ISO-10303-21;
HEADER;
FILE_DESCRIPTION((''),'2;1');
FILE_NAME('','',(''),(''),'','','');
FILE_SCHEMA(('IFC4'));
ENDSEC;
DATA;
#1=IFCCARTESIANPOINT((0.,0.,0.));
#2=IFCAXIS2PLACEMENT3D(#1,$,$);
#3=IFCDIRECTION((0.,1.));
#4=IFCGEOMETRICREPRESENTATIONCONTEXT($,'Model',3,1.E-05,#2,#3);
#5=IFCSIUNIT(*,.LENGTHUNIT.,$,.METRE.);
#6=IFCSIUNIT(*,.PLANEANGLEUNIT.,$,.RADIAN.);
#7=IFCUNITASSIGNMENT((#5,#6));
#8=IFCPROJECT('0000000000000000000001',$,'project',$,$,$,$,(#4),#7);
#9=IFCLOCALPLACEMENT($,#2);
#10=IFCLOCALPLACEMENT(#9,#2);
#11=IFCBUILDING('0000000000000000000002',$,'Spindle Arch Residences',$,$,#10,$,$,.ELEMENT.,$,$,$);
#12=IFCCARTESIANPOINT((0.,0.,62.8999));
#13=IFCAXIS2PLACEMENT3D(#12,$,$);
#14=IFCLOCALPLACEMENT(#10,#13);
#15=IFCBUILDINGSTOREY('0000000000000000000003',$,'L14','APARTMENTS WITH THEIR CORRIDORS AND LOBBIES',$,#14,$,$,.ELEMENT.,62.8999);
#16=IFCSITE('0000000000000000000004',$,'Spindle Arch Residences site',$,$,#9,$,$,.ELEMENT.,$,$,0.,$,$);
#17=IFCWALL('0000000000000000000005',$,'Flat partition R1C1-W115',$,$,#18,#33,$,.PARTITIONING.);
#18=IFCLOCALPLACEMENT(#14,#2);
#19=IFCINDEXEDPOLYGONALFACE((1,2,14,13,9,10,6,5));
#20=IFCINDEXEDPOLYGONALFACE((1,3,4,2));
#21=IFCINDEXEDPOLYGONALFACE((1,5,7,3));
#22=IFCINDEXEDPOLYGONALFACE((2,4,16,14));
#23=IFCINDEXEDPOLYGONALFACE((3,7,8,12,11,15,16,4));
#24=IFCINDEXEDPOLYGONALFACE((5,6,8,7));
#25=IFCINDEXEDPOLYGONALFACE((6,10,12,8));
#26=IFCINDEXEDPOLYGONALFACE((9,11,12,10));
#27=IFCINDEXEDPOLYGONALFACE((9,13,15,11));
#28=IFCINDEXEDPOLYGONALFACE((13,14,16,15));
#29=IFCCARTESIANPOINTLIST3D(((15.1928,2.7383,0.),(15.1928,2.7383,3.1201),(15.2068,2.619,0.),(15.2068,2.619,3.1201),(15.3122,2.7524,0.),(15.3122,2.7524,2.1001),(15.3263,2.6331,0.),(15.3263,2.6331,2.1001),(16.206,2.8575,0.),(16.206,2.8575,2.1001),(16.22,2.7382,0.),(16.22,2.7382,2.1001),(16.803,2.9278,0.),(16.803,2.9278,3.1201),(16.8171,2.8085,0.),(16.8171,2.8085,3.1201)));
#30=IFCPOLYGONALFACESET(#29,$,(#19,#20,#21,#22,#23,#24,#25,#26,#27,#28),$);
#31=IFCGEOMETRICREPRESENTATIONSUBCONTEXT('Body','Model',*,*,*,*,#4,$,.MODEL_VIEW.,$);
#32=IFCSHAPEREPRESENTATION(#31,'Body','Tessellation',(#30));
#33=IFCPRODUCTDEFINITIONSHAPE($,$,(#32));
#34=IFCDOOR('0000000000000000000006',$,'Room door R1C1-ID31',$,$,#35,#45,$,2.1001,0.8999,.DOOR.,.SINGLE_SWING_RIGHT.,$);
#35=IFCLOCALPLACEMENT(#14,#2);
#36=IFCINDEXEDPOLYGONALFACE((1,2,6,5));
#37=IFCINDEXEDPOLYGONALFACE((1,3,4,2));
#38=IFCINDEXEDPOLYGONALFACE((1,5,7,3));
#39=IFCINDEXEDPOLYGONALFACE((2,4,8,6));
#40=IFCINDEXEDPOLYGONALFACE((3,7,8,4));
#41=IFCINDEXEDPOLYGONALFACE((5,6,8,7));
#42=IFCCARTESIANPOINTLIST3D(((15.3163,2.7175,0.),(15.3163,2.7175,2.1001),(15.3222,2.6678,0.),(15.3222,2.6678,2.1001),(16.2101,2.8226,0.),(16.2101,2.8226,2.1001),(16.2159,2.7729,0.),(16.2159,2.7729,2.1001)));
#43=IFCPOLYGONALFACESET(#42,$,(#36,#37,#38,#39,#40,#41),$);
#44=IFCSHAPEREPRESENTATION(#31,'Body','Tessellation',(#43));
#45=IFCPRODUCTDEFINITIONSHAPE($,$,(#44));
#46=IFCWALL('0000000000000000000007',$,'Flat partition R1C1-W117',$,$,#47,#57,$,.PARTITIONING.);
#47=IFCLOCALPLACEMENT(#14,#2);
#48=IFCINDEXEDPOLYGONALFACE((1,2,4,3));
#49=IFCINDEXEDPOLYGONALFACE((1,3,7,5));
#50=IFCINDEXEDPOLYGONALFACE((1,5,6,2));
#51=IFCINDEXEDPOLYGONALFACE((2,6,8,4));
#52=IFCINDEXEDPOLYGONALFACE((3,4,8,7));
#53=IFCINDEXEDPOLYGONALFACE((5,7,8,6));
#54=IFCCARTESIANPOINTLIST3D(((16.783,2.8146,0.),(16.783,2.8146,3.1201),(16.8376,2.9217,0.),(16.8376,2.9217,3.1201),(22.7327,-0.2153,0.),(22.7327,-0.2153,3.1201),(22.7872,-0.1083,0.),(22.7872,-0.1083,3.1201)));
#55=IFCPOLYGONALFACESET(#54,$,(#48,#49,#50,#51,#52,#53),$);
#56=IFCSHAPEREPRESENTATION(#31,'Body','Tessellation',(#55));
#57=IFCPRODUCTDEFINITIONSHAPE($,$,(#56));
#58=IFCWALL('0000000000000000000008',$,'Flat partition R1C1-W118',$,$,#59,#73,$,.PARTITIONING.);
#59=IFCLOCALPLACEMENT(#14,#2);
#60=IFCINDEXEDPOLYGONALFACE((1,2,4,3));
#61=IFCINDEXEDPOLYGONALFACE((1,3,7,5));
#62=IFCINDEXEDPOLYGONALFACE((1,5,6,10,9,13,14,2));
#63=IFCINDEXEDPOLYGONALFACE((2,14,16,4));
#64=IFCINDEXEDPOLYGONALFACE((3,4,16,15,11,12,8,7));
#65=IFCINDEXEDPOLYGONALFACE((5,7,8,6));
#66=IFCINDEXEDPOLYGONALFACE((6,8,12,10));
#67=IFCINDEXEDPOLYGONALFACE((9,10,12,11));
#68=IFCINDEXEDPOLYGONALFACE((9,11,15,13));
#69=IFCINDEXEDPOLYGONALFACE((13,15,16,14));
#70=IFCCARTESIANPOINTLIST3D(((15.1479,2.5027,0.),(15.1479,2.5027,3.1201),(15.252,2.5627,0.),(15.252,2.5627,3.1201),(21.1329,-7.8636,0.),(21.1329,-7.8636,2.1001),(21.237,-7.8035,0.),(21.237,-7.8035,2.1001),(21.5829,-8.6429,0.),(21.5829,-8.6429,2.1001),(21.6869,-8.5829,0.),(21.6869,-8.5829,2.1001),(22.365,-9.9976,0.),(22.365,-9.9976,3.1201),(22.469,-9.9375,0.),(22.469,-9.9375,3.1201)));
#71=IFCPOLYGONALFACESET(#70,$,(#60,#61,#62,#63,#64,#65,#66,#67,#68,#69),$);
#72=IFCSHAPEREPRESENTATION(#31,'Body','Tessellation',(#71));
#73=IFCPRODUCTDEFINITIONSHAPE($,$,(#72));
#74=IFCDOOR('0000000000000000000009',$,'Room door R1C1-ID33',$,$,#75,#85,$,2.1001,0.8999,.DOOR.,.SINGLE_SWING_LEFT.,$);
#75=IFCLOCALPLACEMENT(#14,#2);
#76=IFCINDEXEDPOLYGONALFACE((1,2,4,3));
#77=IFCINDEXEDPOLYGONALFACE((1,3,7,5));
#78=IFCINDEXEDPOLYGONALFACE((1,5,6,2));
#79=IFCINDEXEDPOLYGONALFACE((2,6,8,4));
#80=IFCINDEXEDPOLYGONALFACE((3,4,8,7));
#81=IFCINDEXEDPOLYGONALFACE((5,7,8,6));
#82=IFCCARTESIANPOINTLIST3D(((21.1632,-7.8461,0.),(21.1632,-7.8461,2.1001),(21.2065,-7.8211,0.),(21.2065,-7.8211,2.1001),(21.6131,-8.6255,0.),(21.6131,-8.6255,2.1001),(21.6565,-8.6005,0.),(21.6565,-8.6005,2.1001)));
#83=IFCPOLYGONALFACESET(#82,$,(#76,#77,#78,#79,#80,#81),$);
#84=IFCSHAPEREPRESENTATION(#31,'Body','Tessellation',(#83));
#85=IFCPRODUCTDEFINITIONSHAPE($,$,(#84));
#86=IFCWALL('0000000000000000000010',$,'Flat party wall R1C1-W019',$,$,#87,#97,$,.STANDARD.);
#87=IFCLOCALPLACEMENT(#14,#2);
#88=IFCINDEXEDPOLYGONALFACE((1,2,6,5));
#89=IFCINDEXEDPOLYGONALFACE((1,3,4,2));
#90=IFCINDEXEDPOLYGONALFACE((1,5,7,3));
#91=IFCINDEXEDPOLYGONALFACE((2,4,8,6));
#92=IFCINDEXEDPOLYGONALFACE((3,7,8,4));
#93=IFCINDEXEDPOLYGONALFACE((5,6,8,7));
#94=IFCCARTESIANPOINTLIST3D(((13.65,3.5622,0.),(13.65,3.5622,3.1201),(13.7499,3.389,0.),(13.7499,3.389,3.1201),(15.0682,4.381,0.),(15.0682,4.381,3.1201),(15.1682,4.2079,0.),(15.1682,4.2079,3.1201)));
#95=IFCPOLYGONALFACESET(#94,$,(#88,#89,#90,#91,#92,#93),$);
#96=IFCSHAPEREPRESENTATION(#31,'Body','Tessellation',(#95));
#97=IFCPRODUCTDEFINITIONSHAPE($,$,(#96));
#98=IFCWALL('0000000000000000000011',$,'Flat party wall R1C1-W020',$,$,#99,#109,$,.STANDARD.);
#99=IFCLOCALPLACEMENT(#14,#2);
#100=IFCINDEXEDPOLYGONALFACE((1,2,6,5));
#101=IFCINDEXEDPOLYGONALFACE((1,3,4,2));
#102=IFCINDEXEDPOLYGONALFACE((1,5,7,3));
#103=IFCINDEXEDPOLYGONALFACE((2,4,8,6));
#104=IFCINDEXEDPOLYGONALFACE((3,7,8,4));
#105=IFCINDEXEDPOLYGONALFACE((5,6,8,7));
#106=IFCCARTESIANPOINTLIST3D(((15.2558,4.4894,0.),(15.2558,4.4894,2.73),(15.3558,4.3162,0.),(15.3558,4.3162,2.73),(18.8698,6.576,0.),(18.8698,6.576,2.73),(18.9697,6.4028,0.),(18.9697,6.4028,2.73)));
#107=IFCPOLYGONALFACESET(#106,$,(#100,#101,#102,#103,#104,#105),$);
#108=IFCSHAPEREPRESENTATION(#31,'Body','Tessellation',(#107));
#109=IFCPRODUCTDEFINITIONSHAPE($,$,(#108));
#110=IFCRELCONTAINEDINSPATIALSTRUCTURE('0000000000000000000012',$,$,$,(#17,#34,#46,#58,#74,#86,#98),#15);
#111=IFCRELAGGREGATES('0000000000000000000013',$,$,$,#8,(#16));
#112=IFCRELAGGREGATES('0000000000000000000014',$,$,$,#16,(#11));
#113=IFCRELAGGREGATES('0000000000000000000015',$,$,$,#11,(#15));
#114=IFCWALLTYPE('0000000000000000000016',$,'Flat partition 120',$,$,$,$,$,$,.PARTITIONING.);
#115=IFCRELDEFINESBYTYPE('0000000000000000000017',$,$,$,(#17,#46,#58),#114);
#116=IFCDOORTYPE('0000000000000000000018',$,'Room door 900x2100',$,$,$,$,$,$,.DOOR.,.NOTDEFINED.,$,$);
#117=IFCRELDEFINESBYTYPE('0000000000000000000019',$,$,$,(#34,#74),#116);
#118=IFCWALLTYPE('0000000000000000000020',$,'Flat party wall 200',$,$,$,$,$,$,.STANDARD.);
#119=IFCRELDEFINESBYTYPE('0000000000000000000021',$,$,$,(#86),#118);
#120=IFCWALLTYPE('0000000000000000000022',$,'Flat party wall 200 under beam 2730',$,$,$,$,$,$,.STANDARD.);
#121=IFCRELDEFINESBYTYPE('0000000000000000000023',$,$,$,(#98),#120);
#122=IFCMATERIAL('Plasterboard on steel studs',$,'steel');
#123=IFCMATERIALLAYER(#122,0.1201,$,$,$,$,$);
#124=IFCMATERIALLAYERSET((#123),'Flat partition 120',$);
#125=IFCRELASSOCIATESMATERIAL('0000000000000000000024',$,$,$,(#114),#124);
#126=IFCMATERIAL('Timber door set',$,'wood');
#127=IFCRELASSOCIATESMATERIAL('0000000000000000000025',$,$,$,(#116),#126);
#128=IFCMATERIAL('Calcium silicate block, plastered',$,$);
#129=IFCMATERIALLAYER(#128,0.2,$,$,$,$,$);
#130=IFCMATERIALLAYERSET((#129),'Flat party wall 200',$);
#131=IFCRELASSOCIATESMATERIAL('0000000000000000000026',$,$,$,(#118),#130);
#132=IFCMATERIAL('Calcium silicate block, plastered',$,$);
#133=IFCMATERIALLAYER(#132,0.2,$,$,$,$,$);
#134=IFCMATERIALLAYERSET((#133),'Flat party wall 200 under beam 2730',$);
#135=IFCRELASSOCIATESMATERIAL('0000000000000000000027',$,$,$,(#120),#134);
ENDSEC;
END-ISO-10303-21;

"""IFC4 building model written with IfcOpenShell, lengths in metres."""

from ifc_helpers import new_model, si_unit, direction, frame, frame_2d, origin, place, context, subcontext, project, spatial, rectangle, extrude, material, layer, layer_set, type_object, element, fill, save


model = new_model("IFC4")

# Units and contexts
model_context = context("Model", 3, precision=1e-05, world=origin(), true_north=direction((0.0, 1.0)))
body_context = subcontext(model_context, "Body", "Model", "MODEL_VIEW")
ifc_project = project(units=[si_unit("LENGTHUNIT", "METRE"), si_unit("PLANEANGLEUNIT", "RADIAN")], contexts=[model_context])

# Site, building, storey
site_placement = place(None, origin())
site = spatial("IfcSite", under=ifc_project, at=site_placement, Name="Spindle Arch Residences site", CompositionType="ELEMENT", RefElevation=0.0)
building_placement = place(site_placement, origin())
building = spatial("IfcBuilding", under=site, at=building_placement, Name="Spindle Arch Residences", CompositionType="ELEMENT")
storey_placement = place(building_placement, frame((0.0, 0.0, 62.8999)))
storey = spatial("IfcBuildingStorey", under=building, at=storey_placement, Name="L14", Description="APARTMENTS WITH THEIR CORRIDORS AND LOBBIES", CompositionType="ELEMENT", Elevation=62.8999)

# Shared definitions
ifc_material_1 = material(Name="Plasterboard on steel studs", Category="steel")
ifc_layer_1 = layer(ifc_material_1, 0.1201)
ifc_layer_set_1 = layer_set([ifc_layer_1], Name="Flat partition 120")
wall_type_1 = type_object("IfcWallType", Name="Flat partition 120", PredefinedType="PARTITIONING", material=ifc_layer_set_1)
ifc_material_2 = material(Name="Timber door set", Category="wood")
door_type_1 = type_object("IfcDoorType", Name="Room door 900x2100", OperationType="NOTDEFINED", PredefinedType="DOOR", material=ifc_material_2)

# Wall, opening, door
wall_1_placement = place(storey_placement, frame((15.2, 2.6787, 0.0), z_axis=(0.0, 0.0, 1.0), x_axis=(0.993151, 0.116841, 0.0)))
wall_1 = element("IfcWall", 1, at=wall_1_placement, inside=storey, type_object=wall_type_1, Name="Flat partition R1C1-W115", PredefinedType="PARTITIONING", context=body_context, shape_type="SweptSolid", body=[
    extrude(rectangle(XDim=1.6213, YDim=0.1201, at=frame_2d((0.8105, 0.0))), origin(), (0.0, 0.0, 1.0), 3.1201),
])
opening_1_placement = place(wall_1_placement, frame((0.1201, 0.0, 0.0)))
opening_1 = element("IfcOpeningElement", 2, at=opening_1_placement, cuts=wall_1, PredefinedType="OPENING", context=body_context, shape_type="SweptSolid", body=[
    extrude(rectangle(XDim=0.8999, YDim=2.1001, at=frame_2d((0.45, 1.05))), frame((0.0, 0.0701, 0.0), z_axis=(0.0, -1.0, 0.0), x_axis=(1.0, 0.0, 0.0)), (0.0, 0.0, 1.0), 0.1401),
])
door_1_placement = place(opening_1_placement, origin())
door_1 = element("IfcDoor", 3, at=door_1_placement, inside=storey, type_object=door_type_1, Name="Room door R1C1-ID31", OperationType="SINGLE_SWING_RIGHT", OverallHeight=2.1001, OverallWidth=0.8999, PredefinedType="DOOR", context=body_context, shape_type="SweptSolid", body=[
    extrude(rectangle(XDim=0.8999, YDim=2.1001, at=frame_2d((0.45, 1.05))), frame((0.0, 0.0249, 0.0), z_axis=(0.0, -1.0, 0.0), x_axis=(1.0, 0.0, 0.0)), (0.0, 0.0, 1.0), 0.05),
])
fill(opening_1, door_1)

# Wall
wall_2_placement = place(storey_placement, frame((16.8103, 2.8682, 0.0), z_axis=(0.0, 0.0, 1.0), x_axis=(0.891097, -0.453812, 0.0)))
element("IfcWall", 4, at=wall_2_placement, inside=storey, type_object=wall_type_1, Name="Flat partition R1C1-W117", PredefinedType="PARTITIONING", context=body_context, shape_type="SweptSolid", body=[
    extrude(rectangle(XDim=6.6768, YDim=0.1201, at=frame_2d((3.3384, 0.0))), origin(), (0.0, 0.0, 1.0), 3.1201),
])

# Wall, opening, door
wall_3_placement = place(storey_placement, frame((15.2, 2.5327, 0.0), z_axis=(0.0, 0.0, 1.0), x_axis=(0.500001, -0.866025, 0.0)))
wall_3 = element("IfcWall", 5, at=wall_3_placement, inside=storey, type_object=wall_type_1, Name="Flat partition R1C1-W118", PredefinedType="PARTITIONING", context=body_context, shape_type="SweptSolid", body=[
    extrude(rectangle(XDim=14.4341, YDim=0.1201, at=frame_2d((7.217, 0.0))), origin(), (0.0, 0.0, 1.0), 3.1201),
])
opening_2_placement = place(wall_3_placement, frame((11.97, 0.0, 0.0)))
opening_2 = element("IfcOpeningElement", 6, at=opening_2_placement, cuts=wall_3, PredefinedType="OPENING", context=body_context, shape_type="SweptSolid", body=[
    extrude(rectangle(XDim=0.8999, YDim=2.1001, at=frame_2d((0.45, 1.05))), frame((0.0, 0.0701, 0.0), z_axis=(0.0, -1.0, 0.0), x_axis=(1.0, 0.0, 0.0)), (0.0, 0.0, 1.0), 0.1401),
])
door_2_placement = place(opening_2_placement, origin())
door_2 = element("IfcDoor", 7, at=door_2_placement, inside=storey, type_object=door_type_1, Name="Room door R1C1-ID33", OperationType="SINGLE_SWING_LEFT", OverallHeight=2.1001, OverallWidth=0.8999, PredefinedType="DOOR", context=body_context, shape_type="SweptSolid", body=[
    extrude(rectangle(XDim=0.8999, YDim=2.1001, at=frame_2d((0.45, 1.05))), frame((0.0, 0.0249, 0.0), z_axis=(0.0, -1.0, 0.0), x_axis=(1.0, 0.0, 0.0)), (0.0, 0.0, 1.0), 0.05),
])
fill(opening_2, door_2)

# Walls
ifc_material_3 = material(Name="Calcium silicate block, plastered")
ifc_layer_2 = layer(ifc_material_3, 0.2)
ifc_layer_set_2 = layer_set([ifc_layer_2], Name="Flat party wall 200")
wall_type_2 = type_object("IfcWallType", Name="Flat party wall 200", PredefinedType="STANDARD", material=ifc_layer_set_2)
wall_4_placement = place(storey_placement, frame((13.7, 3.4756, 0.0), z_axis=(0.0, 0.0, 1.0), x_axis=(0.866014, 0.500019, 0.0)))
element("IfcWall", 8, at=wall_4_placement, inside=storey, type_object=wall_type_2, Name="Flat party wall R1C1-W019", PredefinedType="STANDARD", context=body_context, shape_type="SweptSolid", body=[
    extrude(rectangle(XDim=1.6377, YDim=0.2, at=frame_2d((0.8188, 0.0))), origin(), (0.0, 0.0, 1.0), 3.1201),
])
ifc_material_4 = material(Name="Calcium silicate block, plastered")
ifc_layer_3 = layer(ifc_material_4, 0.2)
ifc_layer_set_3 = layer_set([ifc_layer_3], Name="Flat party wall 200 under beam 2730")
wall_type_3 = type_object("IfcWallType", Name="Flat party wall 200 under beam 2730", PredefinedType="STANDARD", material=ifc_layer_set_3)
wall_5_placement = place(storey_placement, frame((15.3059, 4.4028, 0.0), z_axis=(0.0, 0.0, 1.0), x_axis=(0.866013, 0.500021, 0.0)))
element("IfcWall", 9, at=wall_5_placement, inside=storey, type_object=wall_type_3, Name="Flat party wall R1C1-W020", PredefinedType="STANDARD", context=body_context, shape_type="SweptSolid", body=[
    extrude(rectangle(XDim=4.1731, YDim=0.2, at=frame_2d((2.0864, 0.0))), origin(), (0.0, 0.0, 1.0), 2.73),
])

save(model, "model.ifc")
